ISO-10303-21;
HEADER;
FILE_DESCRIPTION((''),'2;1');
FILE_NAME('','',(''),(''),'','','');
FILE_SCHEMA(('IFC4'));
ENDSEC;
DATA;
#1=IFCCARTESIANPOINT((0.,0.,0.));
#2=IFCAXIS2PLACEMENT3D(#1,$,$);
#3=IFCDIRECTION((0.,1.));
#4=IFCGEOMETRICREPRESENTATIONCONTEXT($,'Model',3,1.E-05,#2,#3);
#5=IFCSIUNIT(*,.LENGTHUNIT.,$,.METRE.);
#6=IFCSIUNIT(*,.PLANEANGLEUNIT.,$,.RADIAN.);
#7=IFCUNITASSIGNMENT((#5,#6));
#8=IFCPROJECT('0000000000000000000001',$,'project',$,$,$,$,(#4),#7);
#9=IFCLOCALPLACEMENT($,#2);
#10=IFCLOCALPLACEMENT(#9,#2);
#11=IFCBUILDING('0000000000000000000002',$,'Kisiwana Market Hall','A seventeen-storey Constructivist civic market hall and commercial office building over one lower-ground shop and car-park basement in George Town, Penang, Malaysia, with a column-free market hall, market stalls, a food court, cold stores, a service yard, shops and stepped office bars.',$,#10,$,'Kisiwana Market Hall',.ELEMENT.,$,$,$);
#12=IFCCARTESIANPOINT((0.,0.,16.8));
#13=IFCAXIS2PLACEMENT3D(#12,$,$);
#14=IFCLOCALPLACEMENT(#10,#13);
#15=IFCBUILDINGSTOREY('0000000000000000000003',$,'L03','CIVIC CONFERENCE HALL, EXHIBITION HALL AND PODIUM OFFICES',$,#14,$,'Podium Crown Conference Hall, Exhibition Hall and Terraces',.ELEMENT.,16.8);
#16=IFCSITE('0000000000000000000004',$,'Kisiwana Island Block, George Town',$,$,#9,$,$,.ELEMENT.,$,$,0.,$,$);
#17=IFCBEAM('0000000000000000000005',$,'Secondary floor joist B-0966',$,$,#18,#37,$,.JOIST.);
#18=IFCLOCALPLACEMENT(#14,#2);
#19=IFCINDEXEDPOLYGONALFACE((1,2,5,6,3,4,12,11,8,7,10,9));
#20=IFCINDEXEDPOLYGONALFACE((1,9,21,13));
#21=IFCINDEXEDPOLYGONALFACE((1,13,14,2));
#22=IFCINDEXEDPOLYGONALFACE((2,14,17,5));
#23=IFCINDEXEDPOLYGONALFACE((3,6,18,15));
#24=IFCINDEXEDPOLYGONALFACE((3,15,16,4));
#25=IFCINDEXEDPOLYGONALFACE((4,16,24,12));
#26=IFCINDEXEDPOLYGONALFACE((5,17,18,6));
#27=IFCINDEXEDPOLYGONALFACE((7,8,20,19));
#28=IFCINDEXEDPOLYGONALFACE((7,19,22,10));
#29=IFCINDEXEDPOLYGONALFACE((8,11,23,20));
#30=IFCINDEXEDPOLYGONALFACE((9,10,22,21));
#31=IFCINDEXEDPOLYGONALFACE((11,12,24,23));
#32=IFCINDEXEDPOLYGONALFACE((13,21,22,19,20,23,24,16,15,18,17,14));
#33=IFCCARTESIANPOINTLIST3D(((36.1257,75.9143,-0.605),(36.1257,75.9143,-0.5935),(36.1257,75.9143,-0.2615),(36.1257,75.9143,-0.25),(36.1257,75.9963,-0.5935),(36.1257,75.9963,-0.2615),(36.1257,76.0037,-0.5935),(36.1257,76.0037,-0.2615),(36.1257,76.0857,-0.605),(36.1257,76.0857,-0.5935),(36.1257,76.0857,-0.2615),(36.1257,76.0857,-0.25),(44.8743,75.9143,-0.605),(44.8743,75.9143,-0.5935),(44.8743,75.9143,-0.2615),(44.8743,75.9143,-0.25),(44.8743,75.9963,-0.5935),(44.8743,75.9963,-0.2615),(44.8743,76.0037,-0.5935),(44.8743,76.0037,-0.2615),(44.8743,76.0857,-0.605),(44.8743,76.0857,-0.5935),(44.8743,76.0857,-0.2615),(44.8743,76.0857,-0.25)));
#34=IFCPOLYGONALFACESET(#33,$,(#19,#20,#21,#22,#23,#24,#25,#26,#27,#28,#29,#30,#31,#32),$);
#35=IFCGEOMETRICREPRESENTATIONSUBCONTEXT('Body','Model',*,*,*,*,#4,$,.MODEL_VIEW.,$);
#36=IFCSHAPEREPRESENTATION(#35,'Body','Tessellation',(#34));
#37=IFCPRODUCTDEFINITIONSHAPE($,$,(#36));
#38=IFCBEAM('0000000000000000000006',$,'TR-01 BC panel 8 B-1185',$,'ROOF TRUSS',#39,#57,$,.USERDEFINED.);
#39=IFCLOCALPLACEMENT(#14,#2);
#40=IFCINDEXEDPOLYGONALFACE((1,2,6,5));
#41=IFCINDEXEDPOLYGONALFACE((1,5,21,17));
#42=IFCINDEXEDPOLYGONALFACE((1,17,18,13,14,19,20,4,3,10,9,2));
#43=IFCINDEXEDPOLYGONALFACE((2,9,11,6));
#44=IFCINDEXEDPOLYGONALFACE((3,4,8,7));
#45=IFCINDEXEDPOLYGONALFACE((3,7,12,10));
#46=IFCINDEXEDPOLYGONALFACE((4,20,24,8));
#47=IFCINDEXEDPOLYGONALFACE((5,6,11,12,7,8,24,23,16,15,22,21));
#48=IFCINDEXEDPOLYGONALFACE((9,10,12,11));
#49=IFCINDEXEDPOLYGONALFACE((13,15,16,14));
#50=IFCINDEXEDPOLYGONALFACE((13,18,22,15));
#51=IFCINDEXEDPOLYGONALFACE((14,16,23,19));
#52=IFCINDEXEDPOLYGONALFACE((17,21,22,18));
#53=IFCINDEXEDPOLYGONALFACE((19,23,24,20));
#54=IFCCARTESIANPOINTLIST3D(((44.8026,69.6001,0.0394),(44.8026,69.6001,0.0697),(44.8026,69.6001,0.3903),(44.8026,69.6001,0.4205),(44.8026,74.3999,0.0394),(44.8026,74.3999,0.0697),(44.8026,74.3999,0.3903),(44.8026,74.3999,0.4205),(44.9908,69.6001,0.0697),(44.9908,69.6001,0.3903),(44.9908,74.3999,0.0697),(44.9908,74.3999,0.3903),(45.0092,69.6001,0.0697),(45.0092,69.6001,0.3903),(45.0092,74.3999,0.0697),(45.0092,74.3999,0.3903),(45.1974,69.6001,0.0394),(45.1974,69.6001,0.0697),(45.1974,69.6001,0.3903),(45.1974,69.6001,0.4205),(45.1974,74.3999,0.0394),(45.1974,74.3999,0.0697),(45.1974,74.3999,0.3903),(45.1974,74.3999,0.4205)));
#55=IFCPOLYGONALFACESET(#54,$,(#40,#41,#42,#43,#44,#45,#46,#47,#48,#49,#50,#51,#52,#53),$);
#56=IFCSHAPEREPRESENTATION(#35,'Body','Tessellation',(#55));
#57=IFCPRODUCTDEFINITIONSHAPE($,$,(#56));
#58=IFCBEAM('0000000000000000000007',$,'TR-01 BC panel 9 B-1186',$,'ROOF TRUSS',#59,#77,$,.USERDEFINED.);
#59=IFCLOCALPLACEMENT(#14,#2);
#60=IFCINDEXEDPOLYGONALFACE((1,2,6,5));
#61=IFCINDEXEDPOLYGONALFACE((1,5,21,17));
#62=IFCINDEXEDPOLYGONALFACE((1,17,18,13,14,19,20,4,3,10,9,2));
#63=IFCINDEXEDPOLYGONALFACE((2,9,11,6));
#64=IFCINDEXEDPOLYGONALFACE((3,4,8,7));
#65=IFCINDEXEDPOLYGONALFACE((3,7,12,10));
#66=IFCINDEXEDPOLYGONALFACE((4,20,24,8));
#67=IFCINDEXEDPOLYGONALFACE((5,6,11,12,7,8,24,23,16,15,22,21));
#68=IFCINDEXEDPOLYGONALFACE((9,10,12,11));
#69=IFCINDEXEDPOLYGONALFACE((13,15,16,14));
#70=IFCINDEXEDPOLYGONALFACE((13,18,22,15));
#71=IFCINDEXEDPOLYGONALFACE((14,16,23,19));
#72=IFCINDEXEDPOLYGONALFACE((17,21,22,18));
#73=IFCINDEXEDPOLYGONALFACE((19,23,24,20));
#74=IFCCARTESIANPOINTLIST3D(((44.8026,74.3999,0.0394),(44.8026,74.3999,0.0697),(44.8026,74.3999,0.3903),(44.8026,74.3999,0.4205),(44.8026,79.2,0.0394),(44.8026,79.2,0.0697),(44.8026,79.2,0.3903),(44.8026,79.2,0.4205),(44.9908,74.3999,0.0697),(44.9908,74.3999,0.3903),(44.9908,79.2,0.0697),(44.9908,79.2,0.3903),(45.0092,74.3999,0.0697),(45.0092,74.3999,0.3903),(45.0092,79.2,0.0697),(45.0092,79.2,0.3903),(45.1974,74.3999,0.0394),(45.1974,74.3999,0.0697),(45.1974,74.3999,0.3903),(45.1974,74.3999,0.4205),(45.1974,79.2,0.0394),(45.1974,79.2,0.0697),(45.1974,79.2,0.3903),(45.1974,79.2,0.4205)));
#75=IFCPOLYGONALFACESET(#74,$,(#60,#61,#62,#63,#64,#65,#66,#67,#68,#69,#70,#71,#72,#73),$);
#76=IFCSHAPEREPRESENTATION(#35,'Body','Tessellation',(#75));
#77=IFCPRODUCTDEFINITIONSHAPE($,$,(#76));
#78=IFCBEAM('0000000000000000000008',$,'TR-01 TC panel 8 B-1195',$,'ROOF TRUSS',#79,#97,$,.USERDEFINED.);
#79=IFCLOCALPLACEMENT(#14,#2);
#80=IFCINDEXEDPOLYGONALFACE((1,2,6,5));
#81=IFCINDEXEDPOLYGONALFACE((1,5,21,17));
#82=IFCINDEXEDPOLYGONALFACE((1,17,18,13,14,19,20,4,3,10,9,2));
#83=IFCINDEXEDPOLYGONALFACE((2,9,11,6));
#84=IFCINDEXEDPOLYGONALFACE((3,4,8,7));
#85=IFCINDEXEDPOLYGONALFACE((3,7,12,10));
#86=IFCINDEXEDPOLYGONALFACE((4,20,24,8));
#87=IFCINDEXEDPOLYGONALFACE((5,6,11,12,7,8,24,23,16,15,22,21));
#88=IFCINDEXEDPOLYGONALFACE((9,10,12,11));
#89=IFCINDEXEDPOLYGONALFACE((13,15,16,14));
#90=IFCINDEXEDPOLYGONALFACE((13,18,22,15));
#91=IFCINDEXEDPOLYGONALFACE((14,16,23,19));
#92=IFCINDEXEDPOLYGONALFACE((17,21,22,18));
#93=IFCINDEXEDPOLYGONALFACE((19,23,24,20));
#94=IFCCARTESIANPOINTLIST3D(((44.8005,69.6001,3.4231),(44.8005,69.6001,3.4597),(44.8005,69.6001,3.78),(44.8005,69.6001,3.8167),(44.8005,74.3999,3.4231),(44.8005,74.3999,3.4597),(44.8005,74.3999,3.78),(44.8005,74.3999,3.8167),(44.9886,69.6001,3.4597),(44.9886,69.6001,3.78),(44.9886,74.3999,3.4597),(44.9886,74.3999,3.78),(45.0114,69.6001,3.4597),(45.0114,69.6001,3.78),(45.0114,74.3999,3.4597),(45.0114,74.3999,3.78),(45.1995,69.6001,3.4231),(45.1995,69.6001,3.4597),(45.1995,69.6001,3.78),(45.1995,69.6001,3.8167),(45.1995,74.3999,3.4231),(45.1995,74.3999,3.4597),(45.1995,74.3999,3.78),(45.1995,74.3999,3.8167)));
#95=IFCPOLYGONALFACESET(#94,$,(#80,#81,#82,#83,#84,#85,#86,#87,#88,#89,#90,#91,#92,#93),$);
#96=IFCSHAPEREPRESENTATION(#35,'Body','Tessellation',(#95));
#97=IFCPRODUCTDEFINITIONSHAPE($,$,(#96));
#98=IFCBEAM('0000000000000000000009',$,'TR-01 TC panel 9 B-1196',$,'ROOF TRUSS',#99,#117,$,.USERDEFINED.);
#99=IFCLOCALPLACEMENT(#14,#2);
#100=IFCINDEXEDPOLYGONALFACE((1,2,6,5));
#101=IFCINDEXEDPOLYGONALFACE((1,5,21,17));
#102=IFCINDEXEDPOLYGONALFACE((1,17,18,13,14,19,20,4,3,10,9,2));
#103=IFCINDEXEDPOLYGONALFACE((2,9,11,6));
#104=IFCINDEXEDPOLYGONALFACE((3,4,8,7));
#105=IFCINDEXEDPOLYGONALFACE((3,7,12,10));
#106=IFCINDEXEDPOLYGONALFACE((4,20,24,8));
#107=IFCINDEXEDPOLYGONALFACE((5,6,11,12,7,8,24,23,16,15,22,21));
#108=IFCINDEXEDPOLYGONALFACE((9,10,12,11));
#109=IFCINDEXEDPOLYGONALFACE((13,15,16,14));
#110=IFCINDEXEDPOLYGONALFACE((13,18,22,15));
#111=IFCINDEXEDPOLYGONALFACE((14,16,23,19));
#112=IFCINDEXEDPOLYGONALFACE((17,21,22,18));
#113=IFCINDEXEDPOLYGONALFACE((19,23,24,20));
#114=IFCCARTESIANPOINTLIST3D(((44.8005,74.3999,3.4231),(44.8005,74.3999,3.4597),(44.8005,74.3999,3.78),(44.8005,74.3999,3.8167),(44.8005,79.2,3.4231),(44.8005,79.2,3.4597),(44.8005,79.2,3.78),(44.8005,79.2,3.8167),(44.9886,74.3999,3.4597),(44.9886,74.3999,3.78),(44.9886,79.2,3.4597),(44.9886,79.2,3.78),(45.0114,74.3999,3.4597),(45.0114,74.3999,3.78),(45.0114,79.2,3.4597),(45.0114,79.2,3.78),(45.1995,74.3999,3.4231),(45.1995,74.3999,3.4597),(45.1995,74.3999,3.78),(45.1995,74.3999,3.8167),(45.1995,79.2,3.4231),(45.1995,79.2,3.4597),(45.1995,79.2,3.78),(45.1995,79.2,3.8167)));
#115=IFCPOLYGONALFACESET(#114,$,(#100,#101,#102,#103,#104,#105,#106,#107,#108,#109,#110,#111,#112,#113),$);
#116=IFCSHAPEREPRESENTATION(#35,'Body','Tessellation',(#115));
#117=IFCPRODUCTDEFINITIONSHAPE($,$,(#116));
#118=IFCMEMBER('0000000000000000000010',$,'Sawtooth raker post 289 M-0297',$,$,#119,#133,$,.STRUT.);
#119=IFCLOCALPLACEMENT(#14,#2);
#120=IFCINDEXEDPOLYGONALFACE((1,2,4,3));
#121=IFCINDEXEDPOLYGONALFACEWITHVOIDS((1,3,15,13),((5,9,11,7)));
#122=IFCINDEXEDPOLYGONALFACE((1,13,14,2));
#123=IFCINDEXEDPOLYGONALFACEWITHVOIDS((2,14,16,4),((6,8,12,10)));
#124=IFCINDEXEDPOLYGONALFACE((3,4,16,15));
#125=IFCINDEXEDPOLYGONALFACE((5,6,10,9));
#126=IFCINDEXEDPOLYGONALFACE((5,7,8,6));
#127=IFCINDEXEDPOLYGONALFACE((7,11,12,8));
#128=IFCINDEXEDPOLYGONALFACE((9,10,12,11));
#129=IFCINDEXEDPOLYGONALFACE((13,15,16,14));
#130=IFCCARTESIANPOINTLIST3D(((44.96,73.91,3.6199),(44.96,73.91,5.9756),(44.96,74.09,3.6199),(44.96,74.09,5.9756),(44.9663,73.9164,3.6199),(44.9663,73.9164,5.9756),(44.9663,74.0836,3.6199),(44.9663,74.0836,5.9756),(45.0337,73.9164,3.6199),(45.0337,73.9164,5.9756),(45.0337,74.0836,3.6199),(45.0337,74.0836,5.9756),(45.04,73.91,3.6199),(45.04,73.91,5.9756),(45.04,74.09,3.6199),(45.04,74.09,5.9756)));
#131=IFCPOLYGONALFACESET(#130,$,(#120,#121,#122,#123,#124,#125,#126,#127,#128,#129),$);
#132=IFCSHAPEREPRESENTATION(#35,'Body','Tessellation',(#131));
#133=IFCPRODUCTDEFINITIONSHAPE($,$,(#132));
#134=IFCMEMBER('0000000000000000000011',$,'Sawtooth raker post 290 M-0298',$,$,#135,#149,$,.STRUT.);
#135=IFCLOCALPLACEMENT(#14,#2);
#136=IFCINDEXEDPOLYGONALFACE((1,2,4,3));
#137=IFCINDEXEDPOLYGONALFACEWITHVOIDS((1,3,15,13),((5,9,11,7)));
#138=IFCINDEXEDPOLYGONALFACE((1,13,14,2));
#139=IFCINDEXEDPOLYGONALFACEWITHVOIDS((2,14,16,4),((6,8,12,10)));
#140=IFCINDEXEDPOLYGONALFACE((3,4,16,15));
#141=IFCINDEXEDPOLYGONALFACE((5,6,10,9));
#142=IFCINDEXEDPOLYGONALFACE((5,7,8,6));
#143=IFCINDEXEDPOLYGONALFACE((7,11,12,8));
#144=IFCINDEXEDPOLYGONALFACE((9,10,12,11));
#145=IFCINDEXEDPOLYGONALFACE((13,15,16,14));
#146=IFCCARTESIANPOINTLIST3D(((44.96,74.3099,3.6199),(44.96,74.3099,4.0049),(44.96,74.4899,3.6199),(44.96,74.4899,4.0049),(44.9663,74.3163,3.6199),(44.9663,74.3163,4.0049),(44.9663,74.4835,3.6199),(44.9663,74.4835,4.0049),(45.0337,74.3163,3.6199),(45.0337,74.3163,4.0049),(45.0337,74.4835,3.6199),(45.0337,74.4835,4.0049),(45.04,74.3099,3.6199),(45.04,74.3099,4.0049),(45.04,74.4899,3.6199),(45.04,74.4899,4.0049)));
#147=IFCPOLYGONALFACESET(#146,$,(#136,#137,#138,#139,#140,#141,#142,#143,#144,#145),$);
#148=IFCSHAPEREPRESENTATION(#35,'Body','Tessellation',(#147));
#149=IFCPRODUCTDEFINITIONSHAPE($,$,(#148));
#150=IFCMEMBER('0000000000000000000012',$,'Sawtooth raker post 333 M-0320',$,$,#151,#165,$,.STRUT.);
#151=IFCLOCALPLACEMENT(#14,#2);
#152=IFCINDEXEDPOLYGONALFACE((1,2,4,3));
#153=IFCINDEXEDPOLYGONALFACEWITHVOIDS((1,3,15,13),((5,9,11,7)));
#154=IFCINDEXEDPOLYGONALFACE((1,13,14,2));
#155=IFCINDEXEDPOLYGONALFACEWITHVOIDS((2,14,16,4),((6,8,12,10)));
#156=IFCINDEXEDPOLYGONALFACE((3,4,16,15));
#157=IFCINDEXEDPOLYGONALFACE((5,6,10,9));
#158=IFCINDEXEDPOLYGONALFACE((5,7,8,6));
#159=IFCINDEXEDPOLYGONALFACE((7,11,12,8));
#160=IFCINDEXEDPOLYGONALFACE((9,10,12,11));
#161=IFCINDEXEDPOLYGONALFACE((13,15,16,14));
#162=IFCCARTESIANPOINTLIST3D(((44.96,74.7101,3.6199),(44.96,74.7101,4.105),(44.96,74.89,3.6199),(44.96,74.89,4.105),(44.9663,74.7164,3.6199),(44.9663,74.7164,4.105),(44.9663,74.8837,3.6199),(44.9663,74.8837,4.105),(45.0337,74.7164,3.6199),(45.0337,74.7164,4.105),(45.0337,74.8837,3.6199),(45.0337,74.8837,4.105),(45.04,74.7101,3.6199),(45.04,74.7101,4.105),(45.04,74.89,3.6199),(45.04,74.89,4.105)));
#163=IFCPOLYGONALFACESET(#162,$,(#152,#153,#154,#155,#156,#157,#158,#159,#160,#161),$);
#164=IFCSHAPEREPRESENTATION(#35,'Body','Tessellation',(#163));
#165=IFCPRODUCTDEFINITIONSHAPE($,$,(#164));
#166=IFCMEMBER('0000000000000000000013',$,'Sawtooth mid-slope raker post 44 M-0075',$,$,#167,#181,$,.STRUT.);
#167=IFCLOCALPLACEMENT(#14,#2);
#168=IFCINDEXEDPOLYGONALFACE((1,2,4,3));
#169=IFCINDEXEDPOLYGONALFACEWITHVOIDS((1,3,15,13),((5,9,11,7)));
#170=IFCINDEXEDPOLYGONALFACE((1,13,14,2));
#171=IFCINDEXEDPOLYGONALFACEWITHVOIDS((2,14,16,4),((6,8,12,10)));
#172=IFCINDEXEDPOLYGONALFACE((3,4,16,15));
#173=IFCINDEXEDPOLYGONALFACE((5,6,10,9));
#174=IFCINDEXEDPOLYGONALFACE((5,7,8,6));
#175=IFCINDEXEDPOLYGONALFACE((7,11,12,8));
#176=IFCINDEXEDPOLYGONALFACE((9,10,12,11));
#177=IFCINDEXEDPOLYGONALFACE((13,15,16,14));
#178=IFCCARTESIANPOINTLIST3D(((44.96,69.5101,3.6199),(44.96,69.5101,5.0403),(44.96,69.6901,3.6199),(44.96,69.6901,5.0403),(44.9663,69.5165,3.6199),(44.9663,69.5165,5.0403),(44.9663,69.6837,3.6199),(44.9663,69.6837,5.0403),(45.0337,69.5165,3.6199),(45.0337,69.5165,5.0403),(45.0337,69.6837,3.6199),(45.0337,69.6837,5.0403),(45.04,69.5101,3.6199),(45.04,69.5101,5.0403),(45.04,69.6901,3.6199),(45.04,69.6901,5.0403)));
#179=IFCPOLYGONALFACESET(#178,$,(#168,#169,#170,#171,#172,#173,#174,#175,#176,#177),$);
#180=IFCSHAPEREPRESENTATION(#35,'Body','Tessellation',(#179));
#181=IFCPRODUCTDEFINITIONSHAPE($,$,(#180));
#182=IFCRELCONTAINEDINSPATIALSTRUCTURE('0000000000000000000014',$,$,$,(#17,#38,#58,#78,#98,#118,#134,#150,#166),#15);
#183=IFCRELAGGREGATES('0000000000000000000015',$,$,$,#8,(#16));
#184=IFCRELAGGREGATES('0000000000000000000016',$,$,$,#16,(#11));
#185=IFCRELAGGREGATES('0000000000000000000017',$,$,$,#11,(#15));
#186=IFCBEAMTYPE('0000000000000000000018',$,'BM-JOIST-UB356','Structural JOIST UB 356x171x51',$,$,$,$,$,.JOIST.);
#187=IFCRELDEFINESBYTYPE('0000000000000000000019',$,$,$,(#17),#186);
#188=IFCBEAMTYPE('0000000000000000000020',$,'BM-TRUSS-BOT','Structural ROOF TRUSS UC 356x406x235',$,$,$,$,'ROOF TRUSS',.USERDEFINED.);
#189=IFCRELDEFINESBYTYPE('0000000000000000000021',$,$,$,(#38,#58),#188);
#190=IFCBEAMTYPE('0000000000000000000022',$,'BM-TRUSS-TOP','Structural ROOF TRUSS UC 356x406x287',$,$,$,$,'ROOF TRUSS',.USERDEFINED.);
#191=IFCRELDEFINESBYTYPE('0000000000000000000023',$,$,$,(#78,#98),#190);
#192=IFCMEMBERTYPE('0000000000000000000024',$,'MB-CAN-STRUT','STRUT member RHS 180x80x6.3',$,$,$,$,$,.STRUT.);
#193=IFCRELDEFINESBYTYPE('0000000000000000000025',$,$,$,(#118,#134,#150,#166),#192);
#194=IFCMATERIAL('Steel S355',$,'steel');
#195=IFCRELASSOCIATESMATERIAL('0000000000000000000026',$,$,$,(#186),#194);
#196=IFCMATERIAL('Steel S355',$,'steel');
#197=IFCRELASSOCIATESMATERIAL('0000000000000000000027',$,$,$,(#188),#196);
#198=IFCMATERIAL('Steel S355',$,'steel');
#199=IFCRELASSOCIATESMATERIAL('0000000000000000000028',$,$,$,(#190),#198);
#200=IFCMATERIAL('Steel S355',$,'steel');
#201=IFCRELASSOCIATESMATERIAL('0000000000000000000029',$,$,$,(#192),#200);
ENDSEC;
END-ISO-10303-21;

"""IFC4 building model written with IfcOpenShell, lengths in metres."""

from ifc_helpers import new_model, si_unit, direction, frame, origin, origin_2d, place, context, subcontext, project, spatial, hollow_rectangle, i_section, extrude, material, material_profile, profile_set, type_object, element, save


model = new_model("IFC4")

# Units and contexts
model_context = context("Model", 3, precision=1e-05, world=origin(), true_north=direction((0.0, 1.0)))
body_context = subcontext(model_context, "Body", "Model", "MODEL_VIEW")
ifc_project = project(units=[si_unit("LENGTHUNIT", "METRE"), si_unit("PLANEANGLEUNIT", "RADIAN")], contexts=[model_context])

# Site, building, storey
site_placement = place(None, origin())
site = spatial("IfcSite", under=ifc_project, at=site_placement, Name="Kisiwana Island Block, George Town", CompositionType="ELEMENT", RefElevation=0.0)
building_placement = place(site_placement, origin())
building = spatial("IfcBuilding", under=site, at=building_placement, Name="Kisiwana Market Hall", Description="A seventeen-storey Constructivist civic market hall and commercial office building over one lower-ground shop and car-park basement in George Town, Penang, Malaysia, with a column-free market hall, market stalls, a food court, cold stores, a service yard, shops and stepped office bars.", LongName="Kisiwana Market Hall", CompositionType="ELEMENT")
storey_placement = place(building_placement, frame((0.0, 0.0, 16.8)))
storey = spatial("IfcBuildingStorey", under=building, at=storey_placement, Name="L03", Description="CIVIC CONFERENCE HALL, EXHIBITION HALL AND PODIUM OFFICES", LongName="Podium Crown Conference Hall, Exhibition Hall and Terraces", CompositionType="ELEMENT", Elevation=16.8)

# Beams
ifc_material_1 = material(Name="Steel S355", Category="steel")
ifc_material_profile_1 = material_profile(ifc_material_1, i_section(OverallWidth=0.1714, OverallDepth=0.355, WebThickness=0.0073, FlangeThickness=0.0115, at=origin_2d()), Name="UB 356x171x51")
ifc_profile_set_1 = profile_set([ifc_material_profile_1], Name="Steel S355")
beam_type_1 = type_object("IfcBeamType", Name="BM-JOIST-UB356", Description="Structural JOIST UB 356x171x51", PredefinedType="JOIST", material=ifc_profile_set_1)
beam_1_placement = place(storey_placement, frame((36.1257, 76.0, -0.4275), z_axis=(1.0, 0.0, 0.0), x_axis=(0.0, 1.0, 0.0)))
element("IfcBeam", 1, at=beam_1_placement, inside=storey, type_object=beam_type_1, Name="Secondary floor joist B-0966", PredefinedType="JOIST", context=body_context, shape_type="SweptSolid", body=[
    extrude(i_section(OverallWidth=0.1714, OverallDepth=0.355, WebThickness=0.0073, FlangeThickness=0.0115, at=origin_2d()), origin(), (0.0, 0.0, 1.0), 8.7485),
])
ifc_material_2 = material(Name="Steel S355", Category="steel")
ifc_material_profile_2 = material_profile(ifc_material_2, i_section(OverallWidth=0.3948, OverallDepth=0.3811, WebThickness=0.0183, FlangeThickness=0.0303, at=origin_2d()), Name="UC 356x406x235")
ifc_profile_set_2 = profile_set([ifc_material_profile_2], Name="Steel S355")
beam_type_2 = type_object("IfcBeamType", Name="BM-TRUSS-BOT", Description="Structural ROOF TRUSS UC 356x406x235", ElementType="ROOF TRUSS", PredefinedType="USERDEFINED", material=ifc_profile_set_2)
beam_2_placement = place(storey_placement, frame((45.0, 69.6001, 0.23), z_axis=(0.0, 1.0, 0.0), x_axis=(-1.0, 0.0, 0.0)))
element("IfcBeam", 2, at=beam_2_placement, inside=storey, type_object=beam_type_2, Name="TR-01 BC panel 8 B-1185", ObjectType="ROOF TRUSS", PredefinedType="USERDEFINED", context=body_context, shape_type="SweptSolid", body=[
    extrude(i_section(OverallWidth=0.3948, OverallDepth=0.3811, WebThickness=0.0183, FlangeThickness=0.0303, at=origin_2d()), origin(), (0.0, 0.0, 1.0), 4.7998),
])
beam_3_placement = place(storey_placement, frame((45.0, 74.3999, 0.23), z_axis=(0.0, 1.0, 0.0), x_axis=(-1.0, 0.0, 0.0)))
element("IfcBeam", 3, at=beam_3_placement, inside=storey, type_object=beam_type_2, Name="TR-01 BC panel 9 B-1186", ObjectType="ROOF TRUSS", PredefinedType="USERDEFINED", context=body_context, shape_type="SweptSolid", body=[
    extrude(i_section(OverallWidth=0.3948, OverallDepth=0.3811, WebThickness=0.0183, FlangeThickness=0.0303, at=origin_2d()), origin(), (0.0, 0.0, 1.0), 4.8),
])
ifc_material_3 = material(Name="Steel S355", Category="steel")
ifc_material_profile_3 = material_profile(ifc_material_3, i_section(OverallWidth=0.3989, OverallDepth=0.3936, WebThickness=0.0227, FlangeThickness=0.0366, at=origin_2d()), Name="UC 356x406x287")
ifc_profile_set_3 = profile_set([ifc_material_profile_3], Name="Steel S355")
beam_type_3 = type_object("IfcBeamType", Name="BM-TRUSS-TOP", Description="Structural ROOF TRUSS UC 356x406x287", ElementType="ROOF TRUSS", PredefinedType="USERDEFINED", material=ifc_profile_set_3)
beam_4_placement = place(storey_placement, frame((45.0, 69.6001, 3.6199), z_axis=(0.0, 1.0, 0.0), x_axis=(-1.0, 0.0, 0.0)))
element("IfcBeam", 4, at=beam_4_placement, inside=storey, type_object=beam_type_3, Name="TR-01 TC panel 8 B-1195", ObjectType="ROOF TRUSS", PredefinedType="USERDEFINED", context=body_context, shape_type="SweptSolid", body=[
    extrude(i_section(OverallWidth=0.3989, OverallDepth=0.3936, WebThickness=0.0227, FlangeThickness=0.0366, at=origin_2d()), origin(), (0.0, 0.0, 1.0), 4.7998),
])
beam_5_placement = place(storey_placement, frame((45.0, 74.3999, 3.6199), z_axis=(0.0, 1.0, 0.0), x_axis=(-1.0, 0.0, 0.0)))
element("IfcBeam", 5, at=beam_5_placement, inside=storey, type_object=beam_type_3, Name="TR-01 TC panel 9 B-1196", ObjectType="ROOF TRUSS", PredefinedType="USERDEFINED", context=body_context, shape_type="SweptSolid", body=[
    extrude(i_section(OverallWidth=0.3989, OverallDepth=0.3936, WebThickness=0.0227, FlangeThickness=0.0366, at=origin_2d()), origin(), (0.0, 0.0, 1.0), 4.8),
])

# Members
ifc_material_4 = material(Name="Steel S355", Category="steel")
ifc_material_profile_4 = material_profile(ifc_material_4, hollow_rectangle(XDim=0.0801, YDim=0.1799, WallThickness=0.0063, at=origin_2d()), Name="RHS 180x80x6.3")
ifc_profile_set_4 = profile_set([ifc_material_profile_4], Name="Steel S355")
member_type_1 = type_object("IfcMemberType", Name="MB-CAN-STRUT", Description="STRUT member RHS 180x80x6.3", PredefinedType="STRUT", material=ifc_profile_set_4)
member_1_placement = place(storey_placement, frame((45.0, 74.0, 3.6199), z_axis=(0.0, 0.0, 1.0), x_axis=(1.0, 0.0, 0.0)))
element("IfcMember", 6, at=member_1_placement, inside=storey, type_object=member_type_1, Name="Sawtooth raker post 289 M-0297", PredefinedType="STRUT", context=body_context, shape_type="SweptSolid", body=[
    extrude(hollow_rectangle(XDim=0.0801, YDim=0.1799, WallThickness=0.0063, at=origin_2d()), origin(), (0.0, 0.0, 1.0), 2.3557),
])
member_2_placement = place(storey_placement, frame((45.0, 74.3999, 3.6199), z_axis=(0.0, 0.0, 1.0), x_axis=(1.0, 0.0, 0.0)))
element("IfcMember", 7, at=member_2_placement, inside=storey, type_object=member_type_1, Name="Sawtooth raker post 290 M-0298", PredefinedType="STRUT", context=body_context, shape_type="SweptSolid", body=[
    extrude(hollow_rectangle(XDim=0.0801, YDim=0.1799, WallThickness=0.0063, at=origin_2d()), origin(), (0.0, 0.0, 1.0), 0.385),
])
member_3_placement = place(storey_placement, frame((45.0, 74.8, 3.6199), z_axis=(0.0, 0.0, 1.0), x_axis=(1.0, 0.0, 0.0)))
element("IfcMember", 8, at=member_3_placement, inside=storey, type_object=member_type_1, Name="Sawtooth raker post 333 M-0320", PredefinedType="STRUT", context=body_context, shape_type="SweptSolid", body=[
    extrude(hollow_rectangle(XDim=0.0801, YDim=0.1799, WallThickness=0.0063, at=origin_2d()), origin(), (0.0, 0.0, 1.0), 0.4851),
])
member_4_placement = place(storey_placement, frame((45.0, 69.6001, 3.6199), z_axis=(0.0, 0.0, 1.0), x_axis=(1.0, 0.0, 0.0)))
element("IfcMember", 9, at=member_4_placement, inside=storey, type_object=member_type_1, Name="Sawtooth mid-slope raker post 44 M-0075", PredefinedType="STRUT", context=body_context, shape_type="SweptSolid", body=[
    extrude(hollow_rectangle(XDim=0.0801, YDim=0.1799, WallThickness=0.0063, at=origin_2d()), origin(), (0.0, 0.0, 1.0), 1.4204),
])

save(model, "model.ifc")
